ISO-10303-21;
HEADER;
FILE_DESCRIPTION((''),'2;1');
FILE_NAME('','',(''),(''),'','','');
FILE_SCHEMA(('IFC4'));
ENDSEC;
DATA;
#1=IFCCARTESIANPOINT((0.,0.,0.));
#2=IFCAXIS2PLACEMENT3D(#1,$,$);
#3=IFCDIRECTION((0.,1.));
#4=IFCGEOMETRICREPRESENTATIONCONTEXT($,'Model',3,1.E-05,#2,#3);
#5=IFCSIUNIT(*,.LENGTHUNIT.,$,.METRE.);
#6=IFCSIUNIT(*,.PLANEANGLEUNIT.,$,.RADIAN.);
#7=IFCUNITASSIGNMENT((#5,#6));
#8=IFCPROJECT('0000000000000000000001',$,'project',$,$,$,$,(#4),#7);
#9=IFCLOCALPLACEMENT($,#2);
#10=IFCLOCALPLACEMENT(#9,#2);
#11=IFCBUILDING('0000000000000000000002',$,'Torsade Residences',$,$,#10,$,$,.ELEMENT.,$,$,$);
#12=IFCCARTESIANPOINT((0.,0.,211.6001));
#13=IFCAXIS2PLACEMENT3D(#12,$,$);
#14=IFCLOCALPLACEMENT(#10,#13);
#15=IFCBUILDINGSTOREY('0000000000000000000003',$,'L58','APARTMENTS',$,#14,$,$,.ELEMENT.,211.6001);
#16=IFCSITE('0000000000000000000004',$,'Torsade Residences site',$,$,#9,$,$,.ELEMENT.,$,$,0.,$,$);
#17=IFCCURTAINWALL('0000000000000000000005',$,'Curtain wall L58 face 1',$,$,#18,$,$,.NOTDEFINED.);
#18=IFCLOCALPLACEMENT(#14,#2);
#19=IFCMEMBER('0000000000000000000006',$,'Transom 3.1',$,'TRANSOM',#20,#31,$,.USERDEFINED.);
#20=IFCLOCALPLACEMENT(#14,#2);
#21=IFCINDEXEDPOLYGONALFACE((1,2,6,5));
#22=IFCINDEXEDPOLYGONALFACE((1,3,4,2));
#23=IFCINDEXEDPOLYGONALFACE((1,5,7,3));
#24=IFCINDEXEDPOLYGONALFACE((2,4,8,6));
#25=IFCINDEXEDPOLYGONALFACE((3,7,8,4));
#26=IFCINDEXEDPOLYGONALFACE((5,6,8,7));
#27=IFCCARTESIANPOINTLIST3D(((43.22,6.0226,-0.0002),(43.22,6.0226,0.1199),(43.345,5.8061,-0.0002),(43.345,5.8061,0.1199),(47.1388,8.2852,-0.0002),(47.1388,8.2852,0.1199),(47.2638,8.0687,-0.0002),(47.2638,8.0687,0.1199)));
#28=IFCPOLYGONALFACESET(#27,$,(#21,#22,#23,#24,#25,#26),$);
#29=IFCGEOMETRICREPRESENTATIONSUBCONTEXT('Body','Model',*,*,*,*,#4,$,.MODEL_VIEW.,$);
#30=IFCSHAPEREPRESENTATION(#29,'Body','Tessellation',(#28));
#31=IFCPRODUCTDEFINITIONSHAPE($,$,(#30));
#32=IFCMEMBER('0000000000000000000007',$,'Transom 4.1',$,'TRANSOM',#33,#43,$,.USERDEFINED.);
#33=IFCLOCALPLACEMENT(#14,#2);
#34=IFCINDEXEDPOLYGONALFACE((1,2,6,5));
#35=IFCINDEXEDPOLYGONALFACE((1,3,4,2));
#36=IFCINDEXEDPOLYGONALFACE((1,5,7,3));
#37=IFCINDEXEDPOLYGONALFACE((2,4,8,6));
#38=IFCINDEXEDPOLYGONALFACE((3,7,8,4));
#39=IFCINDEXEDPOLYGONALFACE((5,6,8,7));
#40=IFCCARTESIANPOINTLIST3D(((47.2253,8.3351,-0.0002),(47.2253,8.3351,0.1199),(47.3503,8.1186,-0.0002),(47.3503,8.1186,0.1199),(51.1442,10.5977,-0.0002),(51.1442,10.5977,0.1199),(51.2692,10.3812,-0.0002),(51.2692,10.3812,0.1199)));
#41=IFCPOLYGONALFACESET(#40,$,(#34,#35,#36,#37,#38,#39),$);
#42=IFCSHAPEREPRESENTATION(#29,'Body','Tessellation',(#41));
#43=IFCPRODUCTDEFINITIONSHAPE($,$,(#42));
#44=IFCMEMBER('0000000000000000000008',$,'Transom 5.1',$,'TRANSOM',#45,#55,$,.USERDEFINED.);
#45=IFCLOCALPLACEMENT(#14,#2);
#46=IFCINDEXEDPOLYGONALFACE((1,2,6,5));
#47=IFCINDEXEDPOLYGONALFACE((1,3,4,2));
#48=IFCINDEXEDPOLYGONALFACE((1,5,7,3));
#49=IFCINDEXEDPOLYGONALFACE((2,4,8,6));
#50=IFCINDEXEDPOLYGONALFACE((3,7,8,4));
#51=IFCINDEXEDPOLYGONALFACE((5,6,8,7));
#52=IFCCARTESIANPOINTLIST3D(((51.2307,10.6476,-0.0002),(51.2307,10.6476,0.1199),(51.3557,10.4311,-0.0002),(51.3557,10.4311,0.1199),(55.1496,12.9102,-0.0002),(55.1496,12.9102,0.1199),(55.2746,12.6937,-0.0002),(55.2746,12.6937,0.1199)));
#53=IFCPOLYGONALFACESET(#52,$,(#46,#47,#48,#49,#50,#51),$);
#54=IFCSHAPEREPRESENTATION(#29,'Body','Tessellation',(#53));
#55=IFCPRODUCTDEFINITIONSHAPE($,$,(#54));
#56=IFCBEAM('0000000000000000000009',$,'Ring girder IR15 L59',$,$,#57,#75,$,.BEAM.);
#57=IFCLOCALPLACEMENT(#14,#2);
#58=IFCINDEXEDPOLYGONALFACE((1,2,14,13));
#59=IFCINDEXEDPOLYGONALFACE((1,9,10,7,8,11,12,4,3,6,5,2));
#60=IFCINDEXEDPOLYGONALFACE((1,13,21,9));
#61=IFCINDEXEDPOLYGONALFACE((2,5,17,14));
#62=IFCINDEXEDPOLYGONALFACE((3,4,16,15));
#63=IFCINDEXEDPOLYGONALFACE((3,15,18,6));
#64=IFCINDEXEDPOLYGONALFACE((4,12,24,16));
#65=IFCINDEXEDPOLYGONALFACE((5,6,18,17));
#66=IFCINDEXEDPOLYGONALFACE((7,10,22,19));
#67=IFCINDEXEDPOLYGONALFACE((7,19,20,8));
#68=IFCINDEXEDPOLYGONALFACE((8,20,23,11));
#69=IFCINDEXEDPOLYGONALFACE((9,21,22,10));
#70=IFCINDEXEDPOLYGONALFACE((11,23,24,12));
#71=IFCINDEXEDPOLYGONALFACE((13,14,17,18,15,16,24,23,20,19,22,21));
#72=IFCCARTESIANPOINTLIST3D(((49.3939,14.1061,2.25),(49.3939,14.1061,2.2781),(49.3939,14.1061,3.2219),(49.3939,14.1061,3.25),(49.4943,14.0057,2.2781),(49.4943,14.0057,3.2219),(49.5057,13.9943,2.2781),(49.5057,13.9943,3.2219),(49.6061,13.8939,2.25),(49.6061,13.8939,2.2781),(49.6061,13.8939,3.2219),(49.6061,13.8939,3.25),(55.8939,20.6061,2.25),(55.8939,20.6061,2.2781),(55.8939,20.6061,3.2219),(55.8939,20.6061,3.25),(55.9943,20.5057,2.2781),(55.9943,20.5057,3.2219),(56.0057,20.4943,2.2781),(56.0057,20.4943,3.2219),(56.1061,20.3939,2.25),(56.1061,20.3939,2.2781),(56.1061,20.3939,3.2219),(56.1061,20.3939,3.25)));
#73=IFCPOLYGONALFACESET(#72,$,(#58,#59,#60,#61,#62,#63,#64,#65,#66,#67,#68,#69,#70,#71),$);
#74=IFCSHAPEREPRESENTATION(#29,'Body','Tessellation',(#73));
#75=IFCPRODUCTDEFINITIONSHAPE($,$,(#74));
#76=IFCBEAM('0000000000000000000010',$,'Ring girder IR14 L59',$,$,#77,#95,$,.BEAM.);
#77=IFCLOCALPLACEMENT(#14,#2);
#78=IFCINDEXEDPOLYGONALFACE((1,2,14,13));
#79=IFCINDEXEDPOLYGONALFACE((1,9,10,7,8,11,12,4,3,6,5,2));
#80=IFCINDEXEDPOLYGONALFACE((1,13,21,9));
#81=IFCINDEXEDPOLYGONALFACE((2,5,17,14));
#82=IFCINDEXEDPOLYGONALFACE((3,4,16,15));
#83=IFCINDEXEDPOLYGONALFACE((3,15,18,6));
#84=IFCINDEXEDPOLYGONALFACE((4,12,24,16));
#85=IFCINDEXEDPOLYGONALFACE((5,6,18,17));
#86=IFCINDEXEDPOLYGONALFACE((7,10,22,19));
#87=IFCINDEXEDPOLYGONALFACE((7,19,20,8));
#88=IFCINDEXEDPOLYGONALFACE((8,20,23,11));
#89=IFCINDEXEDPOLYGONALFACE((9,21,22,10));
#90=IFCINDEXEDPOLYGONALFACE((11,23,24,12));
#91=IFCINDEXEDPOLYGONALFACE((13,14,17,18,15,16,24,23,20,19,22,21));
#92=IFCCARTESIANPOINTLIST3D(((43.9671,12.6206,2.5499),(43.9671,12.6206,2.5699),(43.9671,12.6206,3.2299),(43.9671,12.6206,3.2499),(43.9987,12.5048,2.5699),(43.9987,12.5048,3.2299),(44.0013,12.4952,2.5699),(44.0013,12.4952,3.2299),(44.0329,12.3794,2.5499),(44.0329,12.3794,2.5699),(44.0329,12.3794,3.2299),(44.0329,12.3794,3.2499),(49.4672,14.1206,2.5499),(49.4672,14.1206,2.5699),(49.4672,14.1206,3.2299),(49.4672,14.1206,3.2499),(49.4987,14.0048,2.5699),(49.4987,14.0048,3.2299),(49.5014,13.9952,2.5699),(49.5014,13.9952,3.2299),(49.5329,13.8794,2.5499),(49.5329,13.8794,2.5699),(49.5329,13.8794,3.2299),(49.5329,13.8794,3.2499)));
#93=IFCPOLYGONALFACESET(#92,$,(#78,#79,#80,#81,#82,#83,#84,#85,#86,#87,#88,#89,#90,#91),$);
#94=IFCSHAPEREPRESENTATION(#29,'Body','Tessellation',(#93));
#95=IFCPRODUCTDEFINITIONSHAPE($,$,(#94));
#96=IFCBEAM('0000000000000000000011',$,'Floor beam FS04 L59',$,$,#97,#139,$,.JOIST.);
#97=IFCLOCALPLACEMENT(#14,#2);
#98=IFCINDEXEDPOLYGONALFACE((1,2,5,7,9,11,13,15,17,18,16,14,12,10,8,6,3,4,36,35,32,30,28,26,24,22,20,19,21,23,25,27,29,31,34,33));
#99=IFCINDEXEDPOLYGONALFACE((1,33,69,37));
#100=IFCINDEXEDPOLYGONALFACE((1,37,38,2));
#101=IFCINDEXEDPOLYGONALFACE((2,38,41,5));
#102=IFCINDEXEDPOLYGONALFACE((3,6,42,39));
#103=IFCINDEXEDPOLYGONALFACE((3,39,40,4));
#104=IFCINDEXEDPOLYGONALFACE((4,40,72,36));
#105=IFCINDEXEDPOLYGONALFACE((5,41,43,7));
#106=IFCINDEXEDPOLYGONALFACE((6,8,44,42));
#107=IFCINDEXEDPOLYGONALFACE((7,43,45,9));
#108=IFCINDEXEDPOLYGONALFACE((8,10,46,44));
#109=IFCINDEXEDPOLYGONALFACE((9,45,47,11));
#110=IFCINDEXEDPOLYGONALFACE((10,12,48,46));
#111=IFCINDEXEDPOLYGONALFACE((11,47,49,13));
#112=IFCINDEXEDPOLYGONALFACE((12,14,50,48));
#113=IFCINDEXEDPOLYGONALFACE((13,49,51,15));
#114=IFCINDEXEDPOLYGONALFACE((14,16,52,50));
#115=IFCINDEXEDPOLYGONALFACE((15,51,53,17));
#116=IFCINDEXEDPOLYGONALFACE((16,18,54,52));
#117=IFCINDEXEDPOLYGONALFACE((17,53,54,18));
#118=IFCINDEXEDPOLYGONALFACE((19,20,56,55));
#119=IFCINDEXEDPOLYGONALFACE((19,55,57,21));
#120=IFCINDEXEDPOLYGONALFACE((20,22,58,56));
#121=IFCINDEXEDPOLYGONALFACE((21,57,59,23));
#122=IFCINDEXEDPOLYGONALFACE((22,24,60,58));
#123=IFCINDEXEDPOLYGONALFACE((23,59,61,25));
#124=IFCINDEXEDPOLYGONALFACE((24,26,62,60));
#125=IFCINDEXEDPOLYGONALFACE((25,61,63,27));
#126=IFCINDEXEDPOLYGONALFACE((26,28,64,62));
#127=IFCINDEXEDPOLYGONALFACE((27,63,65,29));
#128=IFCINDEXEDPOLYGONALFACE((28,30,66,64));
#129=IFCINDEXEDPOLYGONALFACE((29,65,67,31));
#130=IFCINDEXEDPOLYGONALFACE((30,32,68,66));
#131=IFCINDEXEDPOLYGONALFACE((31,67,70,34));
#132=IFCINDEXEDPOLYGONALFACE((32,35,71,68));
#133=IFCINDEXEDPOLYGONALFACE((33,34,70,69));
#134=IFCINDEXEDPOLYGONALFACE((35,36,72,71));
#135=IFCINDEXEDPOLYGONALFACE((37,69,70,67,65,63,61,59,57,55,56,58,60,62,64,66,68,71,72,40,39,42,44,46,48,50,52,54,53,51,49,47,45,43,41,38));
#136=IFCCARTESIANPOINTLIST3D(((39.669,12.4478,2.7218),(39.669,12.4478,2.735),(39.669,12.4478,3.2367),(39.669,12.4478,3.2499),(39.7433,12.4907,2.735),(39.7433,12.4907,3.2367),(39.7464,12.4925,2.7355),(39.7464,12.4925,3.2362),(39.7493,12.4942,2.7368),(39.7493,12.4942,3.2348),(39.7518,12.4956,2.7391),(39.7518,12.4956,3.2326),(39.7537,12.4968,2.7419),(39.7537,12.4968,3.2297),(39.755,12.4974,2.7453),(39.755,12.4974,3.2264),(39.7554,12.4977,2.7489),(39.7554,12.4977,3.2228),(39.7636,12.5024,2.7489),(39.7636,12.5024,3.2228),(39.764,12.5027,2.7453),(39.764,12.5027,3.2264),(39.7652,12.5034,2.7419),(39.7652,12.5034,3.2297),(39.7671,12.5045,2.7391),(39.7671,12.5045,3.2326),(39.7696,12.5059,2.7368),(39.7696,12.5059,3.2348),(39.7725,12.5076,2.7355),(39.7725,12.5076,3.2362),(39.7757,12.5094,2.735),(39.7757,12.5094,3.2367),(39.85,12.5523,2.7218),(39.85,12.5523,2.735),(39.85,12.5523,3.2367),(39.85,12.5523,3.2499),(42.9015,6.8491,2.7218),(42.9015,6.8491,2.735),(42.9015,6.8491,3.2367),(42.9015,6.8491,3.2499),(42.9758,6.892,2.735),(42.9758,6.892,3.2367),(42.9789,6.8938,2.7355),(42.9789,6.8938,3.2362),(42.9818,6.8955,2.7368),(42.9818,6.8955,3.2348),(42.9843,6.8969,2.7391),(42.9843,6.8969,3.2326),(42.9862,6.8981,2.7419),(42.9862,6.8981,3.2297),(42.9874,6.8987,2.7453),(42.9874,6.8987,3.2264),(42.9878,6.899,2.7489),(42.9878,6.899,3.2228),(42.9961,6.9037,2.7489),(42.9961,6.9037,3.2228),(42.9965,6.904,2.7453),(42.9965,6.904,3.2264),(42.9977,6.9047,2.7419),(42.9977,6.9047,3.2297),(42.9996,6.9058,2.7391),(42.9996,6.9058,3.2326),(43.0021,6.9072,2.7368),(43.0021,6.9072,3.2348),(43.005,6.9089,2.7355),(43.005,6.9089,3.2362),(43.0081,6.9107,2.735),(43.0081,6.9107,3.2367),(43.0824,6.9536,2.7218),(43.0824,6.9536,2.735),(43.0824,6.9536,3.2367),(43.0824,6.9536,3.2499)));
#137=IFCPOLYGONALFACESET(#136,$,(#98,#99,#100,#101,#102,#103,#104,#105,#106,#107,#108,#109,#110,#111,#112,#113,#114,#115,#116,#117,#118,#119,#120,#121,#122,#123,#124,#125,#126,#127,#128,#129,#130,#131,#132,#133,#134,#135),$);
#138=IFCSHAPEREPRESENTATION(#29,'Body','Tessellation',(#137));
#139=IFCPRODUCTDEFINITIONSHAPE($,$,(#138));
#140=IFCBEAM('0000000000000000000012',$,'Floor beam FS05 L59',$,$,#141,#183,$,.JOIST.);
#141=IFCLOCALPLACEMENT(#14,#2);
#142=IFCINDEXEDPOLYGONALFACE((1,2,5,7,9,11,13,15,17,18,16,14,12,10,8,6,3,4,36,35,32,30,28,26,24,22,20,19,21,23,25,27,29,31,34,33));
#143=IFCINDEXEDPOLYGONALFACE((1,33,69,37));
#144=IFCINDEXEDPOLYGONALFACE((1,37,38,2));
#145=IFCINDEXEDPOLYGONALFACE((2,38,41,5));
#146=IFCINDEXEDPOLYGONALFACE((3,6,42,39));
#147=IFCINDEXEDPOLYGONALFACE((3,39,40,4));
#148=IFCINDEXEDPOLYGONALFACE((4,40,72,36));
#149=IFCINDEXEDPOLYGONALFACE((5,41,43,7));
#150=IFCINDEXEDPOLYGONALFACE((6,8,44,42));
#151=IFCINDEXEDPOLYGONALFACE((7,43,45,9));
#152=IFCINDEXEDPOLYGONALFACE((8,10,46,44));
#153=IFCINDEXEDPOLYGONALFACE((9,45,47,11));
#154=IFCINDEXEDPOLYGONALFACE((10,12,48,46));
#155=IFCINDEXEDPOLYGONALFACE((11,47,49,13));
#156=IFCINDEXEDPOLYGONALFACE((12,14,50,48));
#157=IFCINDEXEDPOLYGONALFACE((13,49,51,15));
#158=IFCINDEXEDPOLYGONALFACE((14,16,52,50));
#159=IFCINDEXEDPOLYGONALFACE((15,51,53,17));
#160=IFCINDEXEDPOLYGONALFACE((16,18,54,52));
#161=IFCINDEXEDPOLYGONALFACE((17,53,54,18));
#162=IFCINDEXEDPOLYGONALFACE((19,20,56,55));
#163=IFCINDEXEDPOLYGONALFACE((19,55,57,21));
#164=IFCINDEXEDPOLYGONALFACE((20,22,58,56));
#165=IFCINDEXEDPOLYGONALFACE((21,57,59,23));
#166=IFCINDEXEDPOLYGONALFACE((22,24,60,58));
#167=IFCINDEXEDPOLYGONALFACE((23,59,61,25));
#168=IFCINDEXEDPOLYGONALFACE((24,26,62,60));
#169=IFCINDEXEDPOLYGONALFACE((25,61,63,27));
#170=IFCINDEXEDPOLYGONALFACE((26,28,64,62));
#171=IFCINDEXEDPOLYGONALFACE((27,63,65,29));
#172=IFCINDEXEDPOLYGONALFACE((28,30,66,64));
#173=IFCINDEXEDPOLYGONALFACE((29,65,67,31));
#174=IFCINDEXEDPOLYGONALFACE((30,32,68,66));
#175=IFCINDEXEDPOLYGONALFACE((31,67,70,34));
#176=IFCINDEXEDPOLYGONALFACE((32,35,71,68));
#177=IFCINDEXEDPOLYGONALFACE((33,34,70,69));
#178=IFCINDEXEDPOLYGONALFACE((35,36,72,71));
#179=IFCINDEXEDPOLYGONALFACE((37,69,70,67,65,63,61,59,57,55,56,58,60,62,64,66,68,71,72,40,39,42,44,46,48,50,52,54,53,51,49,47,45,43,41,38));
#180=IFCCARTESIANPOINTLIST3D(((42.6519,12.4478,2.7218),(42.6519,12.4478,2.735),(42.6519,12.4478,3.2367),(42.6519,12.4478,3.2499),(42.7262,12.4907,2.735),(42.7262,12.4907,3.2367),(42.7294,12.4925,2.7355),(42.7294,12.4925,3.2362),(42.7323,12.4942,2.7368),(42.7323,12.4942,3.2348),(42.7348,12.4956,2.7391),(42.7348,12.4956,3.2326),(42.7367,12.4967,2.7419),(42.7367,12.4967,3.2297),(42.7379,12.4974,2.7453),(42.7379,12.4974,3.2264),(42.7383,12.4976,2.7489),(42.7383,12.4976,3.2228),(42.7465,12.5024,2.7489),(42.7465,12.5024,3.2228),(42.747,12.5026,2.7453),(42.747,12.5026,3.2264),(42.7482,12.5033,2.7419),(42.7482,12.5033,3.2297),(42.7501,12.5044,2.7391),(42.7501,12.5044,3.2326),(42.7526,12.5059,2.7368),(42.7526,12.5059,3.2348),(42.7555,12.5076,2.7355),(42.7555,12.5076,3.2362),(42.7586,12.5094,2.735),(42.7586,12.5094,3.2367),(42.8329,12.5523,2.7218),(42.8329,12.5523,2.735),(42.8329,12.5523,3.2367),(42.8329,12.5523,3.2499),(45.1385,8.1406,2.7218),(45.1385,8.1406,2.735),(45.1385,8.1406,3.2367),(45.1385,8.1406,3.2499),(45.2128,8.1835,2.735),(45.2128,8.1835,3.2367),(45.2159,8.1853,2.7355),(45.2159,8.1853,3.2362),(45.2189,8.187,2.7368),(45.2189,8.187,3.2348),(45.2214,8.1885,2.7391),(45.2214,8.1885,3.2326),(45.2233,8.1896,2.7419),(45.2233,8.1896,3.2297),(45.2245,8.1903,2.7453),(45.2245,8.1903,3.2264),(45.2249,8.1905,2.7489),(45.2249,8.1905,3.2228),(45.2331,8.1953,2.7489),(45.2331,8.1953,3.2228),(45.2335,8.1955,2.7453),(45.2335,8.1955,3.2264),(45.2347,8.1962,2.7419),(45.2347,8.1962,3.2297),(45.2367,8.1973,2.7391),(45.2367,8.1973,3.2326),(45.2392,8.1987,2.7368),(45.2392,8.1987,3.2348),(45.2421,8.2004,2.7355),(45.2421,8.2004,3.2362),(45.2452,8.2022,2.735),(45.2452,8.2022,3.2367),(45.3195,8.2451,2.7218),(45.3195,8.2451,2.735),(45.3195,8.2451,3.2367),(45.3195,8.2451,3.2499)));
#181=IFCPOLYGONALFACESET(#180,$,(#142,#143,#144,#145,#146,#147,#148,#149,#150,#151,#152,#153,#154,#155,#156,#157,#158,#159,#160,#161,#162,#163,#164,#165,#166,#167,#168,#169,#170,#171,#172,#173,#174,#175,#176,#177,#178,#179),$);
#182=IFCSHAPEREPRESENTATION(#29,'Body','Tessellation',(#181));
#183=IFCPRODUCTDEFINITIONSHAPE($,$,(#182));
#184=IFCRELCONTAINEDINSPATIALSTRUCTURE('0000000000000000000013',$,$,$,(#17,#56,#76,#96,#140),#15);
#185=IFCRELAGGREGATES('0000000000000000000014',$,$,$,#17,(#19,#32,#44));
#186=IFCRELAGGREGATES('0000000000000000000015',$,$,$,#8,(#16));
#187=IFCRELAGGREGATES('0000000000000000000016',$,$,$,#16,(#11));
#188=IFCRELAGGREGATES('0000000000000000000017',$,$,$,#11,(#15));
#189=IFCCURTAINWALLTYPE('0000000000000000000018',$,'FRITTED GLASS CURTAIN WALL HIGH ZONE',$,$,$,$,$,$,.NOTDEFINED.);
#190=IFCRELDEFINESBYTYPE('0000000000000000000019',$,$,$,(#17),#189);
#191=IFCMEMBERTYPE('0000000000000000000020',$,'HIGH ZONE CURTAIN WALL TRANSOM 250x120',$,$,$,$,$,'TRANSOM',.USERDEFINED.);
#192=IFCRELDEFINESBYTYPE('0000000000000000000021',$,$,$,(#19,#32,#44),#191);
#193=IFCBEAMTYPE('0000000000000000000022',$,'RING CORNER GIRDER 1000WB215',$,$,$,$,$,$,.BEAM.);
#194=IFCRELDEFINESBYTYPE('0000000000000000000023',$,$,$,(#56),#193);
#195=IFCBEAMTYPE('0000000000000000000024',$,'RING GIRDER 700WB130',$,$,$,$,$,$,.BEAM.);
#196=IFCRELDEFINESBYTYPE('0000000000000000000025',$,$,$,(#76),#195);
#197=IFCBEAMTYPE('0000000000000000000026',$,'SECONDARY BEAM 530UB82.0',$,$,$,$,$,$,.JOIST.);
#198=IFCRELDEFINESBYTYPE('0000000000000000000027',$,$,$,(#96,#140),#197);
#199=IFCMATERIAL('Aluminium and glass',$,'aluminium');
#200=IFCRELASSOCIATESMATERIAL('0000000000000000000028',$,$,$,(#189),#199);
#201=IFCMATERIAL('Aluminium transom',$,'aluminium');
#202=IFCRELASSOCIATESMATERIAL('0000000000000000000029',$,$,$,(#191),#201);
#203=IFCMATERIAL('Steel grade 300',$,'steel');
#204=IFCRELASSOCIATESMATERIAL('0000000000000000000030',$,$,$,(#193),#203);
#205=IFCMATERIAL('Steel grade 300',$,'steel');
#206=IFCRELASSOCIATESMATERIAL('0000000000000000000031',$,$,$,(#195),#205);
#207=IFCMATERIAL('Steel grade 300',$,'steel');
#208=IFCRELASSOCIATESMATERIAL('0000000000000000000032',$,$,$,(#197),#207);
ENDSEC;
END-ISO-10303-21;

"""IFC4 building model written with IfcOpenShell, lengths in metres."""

from ifc_helpers import new_model, si_unit, direction, frame, origin, origin_2d, place, context, subcontext, project, spatial, rectangle, i_section, extrude, material, material_profile, profile_set, type_object, element, aggregate, save


model = new_model("IFC4")

# Units and contexts
model_context = context("Model", 3, precision=1e-05, world=origin(), true_north=direction((0.0, 1.0)))
body_context = subcontext(model_context, "Body", "Model", "MODEL_VIEW")
ifc_project = project(units=[si_unit("LENGTHUNIT", "METRE"), si_unit("PLANEANGLEUNIT", "RADIAN")], contexts=[model_context])

# Site, building, storey
site_placement = place(None, origin())
site = spatial("IfcSite", under=ifc_project, at=site_placement, Name="Torsade Residences site", CompositionType="ELEMENT", RefElevation=0.0)
building_placement = place(site_placement, origin())
building = spatial("IfcBuilding", under=site, at=building_placement, Name="Torsade Residences", CompositionType="ELEMENT")
storey_placement = place(building_placement, frame((0.0, 0.0, 211.6001)))
storey = spatial("IfcBuildingStorey", under=building, at=storey_placement, Name="L58", Description="APARTMENTS", CompositionType="ELEMENT", Elevation=211.6001)

# Curtain wall, members
ifc_material_1 = material(Name="Aluminium and glass", Category="aluminium")
curtain_wall_type = type_object("IfcCurtainWallType", Name="FRITTED GLASS CURTAIN WALL HIGH ZONE", PredefinedType="NOTDEFINED", material=ifc_material_1)
curtain_wall_placement = place(storey_placement, origin())
curtain_wall = element("IfcCurtainWall", 1, at=curtain_wall_placement, inside=storey, type_object=curtain_wall_type, Name="Curtain wall L58 face 1", PredefinedType="NOTDEFINED")
ifc_material_2 = material(Name="Aluminium transom", Category="aluminium")
ifc_material_profile_1 = material_profile(ifc_material_2, rectangle(XDim=0.25, YDim=0.1201, at=origin_2d()), Name="HIGH ZONE CURTAIN WALL TRANSOM 250x120")
ifc_profile_set_1 = profile_set([ifc_material_profile_1], Name="Aluminium transom")
member_type_1 = type_object("IfcMemberType", Name="HIGH ZONE CURTAIN WALL TRANSOM 250x120", ElementType="TRANSOM", PredefinedType="USERDEFINED", material=ifc_profile_set_1)
member_1_placement = place(storey_placement, frame((43.2825, 5.9143, 0.0598), z_axis=(0.866017, 0.500015, 0.0), x_axis=(-0.500015, 0.866017, 0.0)))
member_1 = element("IfcMember", 2, at=member_1_placement, type_object=member_type_1, Name="Transom 3.1", ObjectType="TRANSOM", PredefinedType="USERDEFINED", context=body_context, shape_type="SweptSolid", body=[
    extrude(rectangle(XDim=0.25, YDim=0.1201, at=origin_2d()), origin(), (0.0, 0.0, 1.0), 4.5251),
])
member_2_placement = place(storey_placement, frame((47.2878, 8.2268, 0.0598), z_axis=(0.866017, 0.500015, 0.0), x_axis=(-0.500015, 0.866017, 0.0)))
member_2 = element("IfcMember", 3, at=member_2_placement, type_object=member_type_1, Name="Transom 4.1", ObjectType="TRANSOM", PredefinedType="USERDEFINED", context=body_context, shape_type="SweptSolid", body=[
    extrude(rectangle(XDim=0.25, YDim=0.1201, at=origin_2d()), origin(), (0.0, 0.0, 1.0), 4.5251),
])
member_3_placement = place(storey_placement, frame((51.2932, 10.5393, 0.0598), z_axis=(0.866017, 0.500015, 0.0), x_axis=(-0.500015, 0.866017, 0.0)))
member_3 = element("IfcMember", 4, at=member_3_placement, type_object=member_type_1, Name="Transom 5.1", ObjectType="TRANSOM", PredefinedType="USERDEFINED", context=body_context, shape_type="SweptSolid", body=[
    extrude(rectangle(XDim=0.25, YDim=0.1201, at=origin_2d()), origin(), (0.0, 0.0, 1.0), 4.5251),
])

# Beams
ifc_material_3 = material(Name="Steel grade 300", Category="steel")
ifc_material_profile_2 = material_profile(ifc_material_3, i_section(OverallWidth=0.3, OverallDepth=1.0, WebThickness=0.0161, FlangeThickness=0.0281, at=origin_2d()), Name="1000WB215")
ifc_profile_set_2 = profile_set([ifc_material_profile_2], Name="Steel grade 300")
beam_type_1 = type_object("IfcBeamType", Name="RING CORNER GIRDER 1000WB215", PredefinedType="BEAM", material=ifc_profile_set_2)
beam_1_placement = place(storey_placement, frame((49.5, 14.0, 2.75), z_axis=(0.707107, 0.707107, 0.0), x_axis=(-0.707107, 0.707107, 0.0)))
element("IfcBeam", 5, at=beam_1_placement, inside=storey, type_object=beam_type_1, Name="Ring girder IR15 L59", PredefinedType="BEAM", context=body_context, shape_type="SweptSolid", body=[
    extrude(i_section(OverallWidth=0.3, OverallDepth=1.0, WebThickness=0.0161, FlangeThickness=0.0281, at=origin_2d()), origin(), (0.0, 0.0, 1.0), 9.1924),
])
ifc_material_4 = material(Name="Steel grade 300", Category="steel")
ifc_material_profile_3 = material_profile(ifc_material_4, i_section(OverallWidth=0.25, OverallDepth=0.7, WebThickness=0.01, FlangeThickness=0.02, at=origin_2d()), Name="700WB130")
ifc_profile_set_3 = profile_set([ifc_material_profile_3], Name="Steel grade 300")
beam_type_2 = type_object("IfcBeamType", Name="RING GIRDER 700WB130", PredefinedType="BEAM", material=ifc_profile_set_3)
beam_2_placement = place(storey_placement, frame((44.0, 12.5, 2.8999), z_axis=(0.964764, 0.263117, 0.0), x_axis=(-0.263117, 0.964764, 0.0)))
element("IfcBeam", 6, at=beam_2_placement, inside=storey, type_object=beam_type_2, Name="Ring girder IR14 L59", PredefinedType="BEAM", context=body_context, shape_type="SweptSolid", body=[
    extrude(i_section(OverallWidth=0.25, OverallDepth=0.7, WebThickness=0.01, FlangeThickness=0.02, at=origin_2d()), origin(), (0.0, 0.0, 1.0), 5.7009),
])
ifc_material_5 = material(Name="Steel grade 300", Category="steel")
ifc_material_profile_4 = material_profile(ifc_material_5, i_section(OverallWidth=0.209, OverallDepth=0.5281, WebThickness=0.0095, FlangeThickness=0.0132, FilletRadius=0.0139, at=origin_2d()), Name="530UB82.0")
ifc_profile_set_4 = profile_set([ifc_material_profile_4], Name="Steel grade 300")
beam_type_3 = type_object("IfcBeamType", Name="SECONDARY BEAM 530UB82.0", PredefinedType="JOIST", material=ifc_profile_set_4)
beam_3_placement = place(storey_placement, frame((42.9919, 6.9014, 2.9858), z_axis=(-0.500006, 0.866022, 0.0), x_axis=(-0.866022, -0.500006, 0.0)))
element("IfcBeam", 7, at=beam_3_placement, inside=storey, type_object=beam_type_3, Name="Floor beam FS04 L59", PredefinedType="JOIST", context=body_context, shape_type="SweptSolid", body=[
    extrude(i_section(OverallWidth=0.209, OverallDepth=0.5281, WebThickness=0.0095, FlangeThickness=0.0132, FilletRadius=0.0139, at=origin_2d()), origin(), (0.0, 0.0, 1.0), 6.4648),
])
beam_4_placement = place(storey_placement, frame((45.229, 8.1929, 2.9858), z_axis=(-0.499977, 0.866038, 0.0), x_axis=(-0.866038, -0.499977, 0.0)))
element("IfcBeam", 8, at=beam_4_placement, inside=storey, type_object=beam_type_3, Name="Floor beam FS05 L59", PredefinedType="JOIST", context=body_context, shape_type="SweptSolid", body=[
    extrude(i_section(OverallWidth=0.209, OverallDepth=0.5281, WebThickness=0.0095, FlangeThickness=0.0132, FilletRadius=0.0139, at=origin_2d()), origin(), (0.0, 0.0, 1.0), 4.9734),
])

aggregate(curtain_wall, [member_1, member_2, member_3])

save(model, "model.ifc")
